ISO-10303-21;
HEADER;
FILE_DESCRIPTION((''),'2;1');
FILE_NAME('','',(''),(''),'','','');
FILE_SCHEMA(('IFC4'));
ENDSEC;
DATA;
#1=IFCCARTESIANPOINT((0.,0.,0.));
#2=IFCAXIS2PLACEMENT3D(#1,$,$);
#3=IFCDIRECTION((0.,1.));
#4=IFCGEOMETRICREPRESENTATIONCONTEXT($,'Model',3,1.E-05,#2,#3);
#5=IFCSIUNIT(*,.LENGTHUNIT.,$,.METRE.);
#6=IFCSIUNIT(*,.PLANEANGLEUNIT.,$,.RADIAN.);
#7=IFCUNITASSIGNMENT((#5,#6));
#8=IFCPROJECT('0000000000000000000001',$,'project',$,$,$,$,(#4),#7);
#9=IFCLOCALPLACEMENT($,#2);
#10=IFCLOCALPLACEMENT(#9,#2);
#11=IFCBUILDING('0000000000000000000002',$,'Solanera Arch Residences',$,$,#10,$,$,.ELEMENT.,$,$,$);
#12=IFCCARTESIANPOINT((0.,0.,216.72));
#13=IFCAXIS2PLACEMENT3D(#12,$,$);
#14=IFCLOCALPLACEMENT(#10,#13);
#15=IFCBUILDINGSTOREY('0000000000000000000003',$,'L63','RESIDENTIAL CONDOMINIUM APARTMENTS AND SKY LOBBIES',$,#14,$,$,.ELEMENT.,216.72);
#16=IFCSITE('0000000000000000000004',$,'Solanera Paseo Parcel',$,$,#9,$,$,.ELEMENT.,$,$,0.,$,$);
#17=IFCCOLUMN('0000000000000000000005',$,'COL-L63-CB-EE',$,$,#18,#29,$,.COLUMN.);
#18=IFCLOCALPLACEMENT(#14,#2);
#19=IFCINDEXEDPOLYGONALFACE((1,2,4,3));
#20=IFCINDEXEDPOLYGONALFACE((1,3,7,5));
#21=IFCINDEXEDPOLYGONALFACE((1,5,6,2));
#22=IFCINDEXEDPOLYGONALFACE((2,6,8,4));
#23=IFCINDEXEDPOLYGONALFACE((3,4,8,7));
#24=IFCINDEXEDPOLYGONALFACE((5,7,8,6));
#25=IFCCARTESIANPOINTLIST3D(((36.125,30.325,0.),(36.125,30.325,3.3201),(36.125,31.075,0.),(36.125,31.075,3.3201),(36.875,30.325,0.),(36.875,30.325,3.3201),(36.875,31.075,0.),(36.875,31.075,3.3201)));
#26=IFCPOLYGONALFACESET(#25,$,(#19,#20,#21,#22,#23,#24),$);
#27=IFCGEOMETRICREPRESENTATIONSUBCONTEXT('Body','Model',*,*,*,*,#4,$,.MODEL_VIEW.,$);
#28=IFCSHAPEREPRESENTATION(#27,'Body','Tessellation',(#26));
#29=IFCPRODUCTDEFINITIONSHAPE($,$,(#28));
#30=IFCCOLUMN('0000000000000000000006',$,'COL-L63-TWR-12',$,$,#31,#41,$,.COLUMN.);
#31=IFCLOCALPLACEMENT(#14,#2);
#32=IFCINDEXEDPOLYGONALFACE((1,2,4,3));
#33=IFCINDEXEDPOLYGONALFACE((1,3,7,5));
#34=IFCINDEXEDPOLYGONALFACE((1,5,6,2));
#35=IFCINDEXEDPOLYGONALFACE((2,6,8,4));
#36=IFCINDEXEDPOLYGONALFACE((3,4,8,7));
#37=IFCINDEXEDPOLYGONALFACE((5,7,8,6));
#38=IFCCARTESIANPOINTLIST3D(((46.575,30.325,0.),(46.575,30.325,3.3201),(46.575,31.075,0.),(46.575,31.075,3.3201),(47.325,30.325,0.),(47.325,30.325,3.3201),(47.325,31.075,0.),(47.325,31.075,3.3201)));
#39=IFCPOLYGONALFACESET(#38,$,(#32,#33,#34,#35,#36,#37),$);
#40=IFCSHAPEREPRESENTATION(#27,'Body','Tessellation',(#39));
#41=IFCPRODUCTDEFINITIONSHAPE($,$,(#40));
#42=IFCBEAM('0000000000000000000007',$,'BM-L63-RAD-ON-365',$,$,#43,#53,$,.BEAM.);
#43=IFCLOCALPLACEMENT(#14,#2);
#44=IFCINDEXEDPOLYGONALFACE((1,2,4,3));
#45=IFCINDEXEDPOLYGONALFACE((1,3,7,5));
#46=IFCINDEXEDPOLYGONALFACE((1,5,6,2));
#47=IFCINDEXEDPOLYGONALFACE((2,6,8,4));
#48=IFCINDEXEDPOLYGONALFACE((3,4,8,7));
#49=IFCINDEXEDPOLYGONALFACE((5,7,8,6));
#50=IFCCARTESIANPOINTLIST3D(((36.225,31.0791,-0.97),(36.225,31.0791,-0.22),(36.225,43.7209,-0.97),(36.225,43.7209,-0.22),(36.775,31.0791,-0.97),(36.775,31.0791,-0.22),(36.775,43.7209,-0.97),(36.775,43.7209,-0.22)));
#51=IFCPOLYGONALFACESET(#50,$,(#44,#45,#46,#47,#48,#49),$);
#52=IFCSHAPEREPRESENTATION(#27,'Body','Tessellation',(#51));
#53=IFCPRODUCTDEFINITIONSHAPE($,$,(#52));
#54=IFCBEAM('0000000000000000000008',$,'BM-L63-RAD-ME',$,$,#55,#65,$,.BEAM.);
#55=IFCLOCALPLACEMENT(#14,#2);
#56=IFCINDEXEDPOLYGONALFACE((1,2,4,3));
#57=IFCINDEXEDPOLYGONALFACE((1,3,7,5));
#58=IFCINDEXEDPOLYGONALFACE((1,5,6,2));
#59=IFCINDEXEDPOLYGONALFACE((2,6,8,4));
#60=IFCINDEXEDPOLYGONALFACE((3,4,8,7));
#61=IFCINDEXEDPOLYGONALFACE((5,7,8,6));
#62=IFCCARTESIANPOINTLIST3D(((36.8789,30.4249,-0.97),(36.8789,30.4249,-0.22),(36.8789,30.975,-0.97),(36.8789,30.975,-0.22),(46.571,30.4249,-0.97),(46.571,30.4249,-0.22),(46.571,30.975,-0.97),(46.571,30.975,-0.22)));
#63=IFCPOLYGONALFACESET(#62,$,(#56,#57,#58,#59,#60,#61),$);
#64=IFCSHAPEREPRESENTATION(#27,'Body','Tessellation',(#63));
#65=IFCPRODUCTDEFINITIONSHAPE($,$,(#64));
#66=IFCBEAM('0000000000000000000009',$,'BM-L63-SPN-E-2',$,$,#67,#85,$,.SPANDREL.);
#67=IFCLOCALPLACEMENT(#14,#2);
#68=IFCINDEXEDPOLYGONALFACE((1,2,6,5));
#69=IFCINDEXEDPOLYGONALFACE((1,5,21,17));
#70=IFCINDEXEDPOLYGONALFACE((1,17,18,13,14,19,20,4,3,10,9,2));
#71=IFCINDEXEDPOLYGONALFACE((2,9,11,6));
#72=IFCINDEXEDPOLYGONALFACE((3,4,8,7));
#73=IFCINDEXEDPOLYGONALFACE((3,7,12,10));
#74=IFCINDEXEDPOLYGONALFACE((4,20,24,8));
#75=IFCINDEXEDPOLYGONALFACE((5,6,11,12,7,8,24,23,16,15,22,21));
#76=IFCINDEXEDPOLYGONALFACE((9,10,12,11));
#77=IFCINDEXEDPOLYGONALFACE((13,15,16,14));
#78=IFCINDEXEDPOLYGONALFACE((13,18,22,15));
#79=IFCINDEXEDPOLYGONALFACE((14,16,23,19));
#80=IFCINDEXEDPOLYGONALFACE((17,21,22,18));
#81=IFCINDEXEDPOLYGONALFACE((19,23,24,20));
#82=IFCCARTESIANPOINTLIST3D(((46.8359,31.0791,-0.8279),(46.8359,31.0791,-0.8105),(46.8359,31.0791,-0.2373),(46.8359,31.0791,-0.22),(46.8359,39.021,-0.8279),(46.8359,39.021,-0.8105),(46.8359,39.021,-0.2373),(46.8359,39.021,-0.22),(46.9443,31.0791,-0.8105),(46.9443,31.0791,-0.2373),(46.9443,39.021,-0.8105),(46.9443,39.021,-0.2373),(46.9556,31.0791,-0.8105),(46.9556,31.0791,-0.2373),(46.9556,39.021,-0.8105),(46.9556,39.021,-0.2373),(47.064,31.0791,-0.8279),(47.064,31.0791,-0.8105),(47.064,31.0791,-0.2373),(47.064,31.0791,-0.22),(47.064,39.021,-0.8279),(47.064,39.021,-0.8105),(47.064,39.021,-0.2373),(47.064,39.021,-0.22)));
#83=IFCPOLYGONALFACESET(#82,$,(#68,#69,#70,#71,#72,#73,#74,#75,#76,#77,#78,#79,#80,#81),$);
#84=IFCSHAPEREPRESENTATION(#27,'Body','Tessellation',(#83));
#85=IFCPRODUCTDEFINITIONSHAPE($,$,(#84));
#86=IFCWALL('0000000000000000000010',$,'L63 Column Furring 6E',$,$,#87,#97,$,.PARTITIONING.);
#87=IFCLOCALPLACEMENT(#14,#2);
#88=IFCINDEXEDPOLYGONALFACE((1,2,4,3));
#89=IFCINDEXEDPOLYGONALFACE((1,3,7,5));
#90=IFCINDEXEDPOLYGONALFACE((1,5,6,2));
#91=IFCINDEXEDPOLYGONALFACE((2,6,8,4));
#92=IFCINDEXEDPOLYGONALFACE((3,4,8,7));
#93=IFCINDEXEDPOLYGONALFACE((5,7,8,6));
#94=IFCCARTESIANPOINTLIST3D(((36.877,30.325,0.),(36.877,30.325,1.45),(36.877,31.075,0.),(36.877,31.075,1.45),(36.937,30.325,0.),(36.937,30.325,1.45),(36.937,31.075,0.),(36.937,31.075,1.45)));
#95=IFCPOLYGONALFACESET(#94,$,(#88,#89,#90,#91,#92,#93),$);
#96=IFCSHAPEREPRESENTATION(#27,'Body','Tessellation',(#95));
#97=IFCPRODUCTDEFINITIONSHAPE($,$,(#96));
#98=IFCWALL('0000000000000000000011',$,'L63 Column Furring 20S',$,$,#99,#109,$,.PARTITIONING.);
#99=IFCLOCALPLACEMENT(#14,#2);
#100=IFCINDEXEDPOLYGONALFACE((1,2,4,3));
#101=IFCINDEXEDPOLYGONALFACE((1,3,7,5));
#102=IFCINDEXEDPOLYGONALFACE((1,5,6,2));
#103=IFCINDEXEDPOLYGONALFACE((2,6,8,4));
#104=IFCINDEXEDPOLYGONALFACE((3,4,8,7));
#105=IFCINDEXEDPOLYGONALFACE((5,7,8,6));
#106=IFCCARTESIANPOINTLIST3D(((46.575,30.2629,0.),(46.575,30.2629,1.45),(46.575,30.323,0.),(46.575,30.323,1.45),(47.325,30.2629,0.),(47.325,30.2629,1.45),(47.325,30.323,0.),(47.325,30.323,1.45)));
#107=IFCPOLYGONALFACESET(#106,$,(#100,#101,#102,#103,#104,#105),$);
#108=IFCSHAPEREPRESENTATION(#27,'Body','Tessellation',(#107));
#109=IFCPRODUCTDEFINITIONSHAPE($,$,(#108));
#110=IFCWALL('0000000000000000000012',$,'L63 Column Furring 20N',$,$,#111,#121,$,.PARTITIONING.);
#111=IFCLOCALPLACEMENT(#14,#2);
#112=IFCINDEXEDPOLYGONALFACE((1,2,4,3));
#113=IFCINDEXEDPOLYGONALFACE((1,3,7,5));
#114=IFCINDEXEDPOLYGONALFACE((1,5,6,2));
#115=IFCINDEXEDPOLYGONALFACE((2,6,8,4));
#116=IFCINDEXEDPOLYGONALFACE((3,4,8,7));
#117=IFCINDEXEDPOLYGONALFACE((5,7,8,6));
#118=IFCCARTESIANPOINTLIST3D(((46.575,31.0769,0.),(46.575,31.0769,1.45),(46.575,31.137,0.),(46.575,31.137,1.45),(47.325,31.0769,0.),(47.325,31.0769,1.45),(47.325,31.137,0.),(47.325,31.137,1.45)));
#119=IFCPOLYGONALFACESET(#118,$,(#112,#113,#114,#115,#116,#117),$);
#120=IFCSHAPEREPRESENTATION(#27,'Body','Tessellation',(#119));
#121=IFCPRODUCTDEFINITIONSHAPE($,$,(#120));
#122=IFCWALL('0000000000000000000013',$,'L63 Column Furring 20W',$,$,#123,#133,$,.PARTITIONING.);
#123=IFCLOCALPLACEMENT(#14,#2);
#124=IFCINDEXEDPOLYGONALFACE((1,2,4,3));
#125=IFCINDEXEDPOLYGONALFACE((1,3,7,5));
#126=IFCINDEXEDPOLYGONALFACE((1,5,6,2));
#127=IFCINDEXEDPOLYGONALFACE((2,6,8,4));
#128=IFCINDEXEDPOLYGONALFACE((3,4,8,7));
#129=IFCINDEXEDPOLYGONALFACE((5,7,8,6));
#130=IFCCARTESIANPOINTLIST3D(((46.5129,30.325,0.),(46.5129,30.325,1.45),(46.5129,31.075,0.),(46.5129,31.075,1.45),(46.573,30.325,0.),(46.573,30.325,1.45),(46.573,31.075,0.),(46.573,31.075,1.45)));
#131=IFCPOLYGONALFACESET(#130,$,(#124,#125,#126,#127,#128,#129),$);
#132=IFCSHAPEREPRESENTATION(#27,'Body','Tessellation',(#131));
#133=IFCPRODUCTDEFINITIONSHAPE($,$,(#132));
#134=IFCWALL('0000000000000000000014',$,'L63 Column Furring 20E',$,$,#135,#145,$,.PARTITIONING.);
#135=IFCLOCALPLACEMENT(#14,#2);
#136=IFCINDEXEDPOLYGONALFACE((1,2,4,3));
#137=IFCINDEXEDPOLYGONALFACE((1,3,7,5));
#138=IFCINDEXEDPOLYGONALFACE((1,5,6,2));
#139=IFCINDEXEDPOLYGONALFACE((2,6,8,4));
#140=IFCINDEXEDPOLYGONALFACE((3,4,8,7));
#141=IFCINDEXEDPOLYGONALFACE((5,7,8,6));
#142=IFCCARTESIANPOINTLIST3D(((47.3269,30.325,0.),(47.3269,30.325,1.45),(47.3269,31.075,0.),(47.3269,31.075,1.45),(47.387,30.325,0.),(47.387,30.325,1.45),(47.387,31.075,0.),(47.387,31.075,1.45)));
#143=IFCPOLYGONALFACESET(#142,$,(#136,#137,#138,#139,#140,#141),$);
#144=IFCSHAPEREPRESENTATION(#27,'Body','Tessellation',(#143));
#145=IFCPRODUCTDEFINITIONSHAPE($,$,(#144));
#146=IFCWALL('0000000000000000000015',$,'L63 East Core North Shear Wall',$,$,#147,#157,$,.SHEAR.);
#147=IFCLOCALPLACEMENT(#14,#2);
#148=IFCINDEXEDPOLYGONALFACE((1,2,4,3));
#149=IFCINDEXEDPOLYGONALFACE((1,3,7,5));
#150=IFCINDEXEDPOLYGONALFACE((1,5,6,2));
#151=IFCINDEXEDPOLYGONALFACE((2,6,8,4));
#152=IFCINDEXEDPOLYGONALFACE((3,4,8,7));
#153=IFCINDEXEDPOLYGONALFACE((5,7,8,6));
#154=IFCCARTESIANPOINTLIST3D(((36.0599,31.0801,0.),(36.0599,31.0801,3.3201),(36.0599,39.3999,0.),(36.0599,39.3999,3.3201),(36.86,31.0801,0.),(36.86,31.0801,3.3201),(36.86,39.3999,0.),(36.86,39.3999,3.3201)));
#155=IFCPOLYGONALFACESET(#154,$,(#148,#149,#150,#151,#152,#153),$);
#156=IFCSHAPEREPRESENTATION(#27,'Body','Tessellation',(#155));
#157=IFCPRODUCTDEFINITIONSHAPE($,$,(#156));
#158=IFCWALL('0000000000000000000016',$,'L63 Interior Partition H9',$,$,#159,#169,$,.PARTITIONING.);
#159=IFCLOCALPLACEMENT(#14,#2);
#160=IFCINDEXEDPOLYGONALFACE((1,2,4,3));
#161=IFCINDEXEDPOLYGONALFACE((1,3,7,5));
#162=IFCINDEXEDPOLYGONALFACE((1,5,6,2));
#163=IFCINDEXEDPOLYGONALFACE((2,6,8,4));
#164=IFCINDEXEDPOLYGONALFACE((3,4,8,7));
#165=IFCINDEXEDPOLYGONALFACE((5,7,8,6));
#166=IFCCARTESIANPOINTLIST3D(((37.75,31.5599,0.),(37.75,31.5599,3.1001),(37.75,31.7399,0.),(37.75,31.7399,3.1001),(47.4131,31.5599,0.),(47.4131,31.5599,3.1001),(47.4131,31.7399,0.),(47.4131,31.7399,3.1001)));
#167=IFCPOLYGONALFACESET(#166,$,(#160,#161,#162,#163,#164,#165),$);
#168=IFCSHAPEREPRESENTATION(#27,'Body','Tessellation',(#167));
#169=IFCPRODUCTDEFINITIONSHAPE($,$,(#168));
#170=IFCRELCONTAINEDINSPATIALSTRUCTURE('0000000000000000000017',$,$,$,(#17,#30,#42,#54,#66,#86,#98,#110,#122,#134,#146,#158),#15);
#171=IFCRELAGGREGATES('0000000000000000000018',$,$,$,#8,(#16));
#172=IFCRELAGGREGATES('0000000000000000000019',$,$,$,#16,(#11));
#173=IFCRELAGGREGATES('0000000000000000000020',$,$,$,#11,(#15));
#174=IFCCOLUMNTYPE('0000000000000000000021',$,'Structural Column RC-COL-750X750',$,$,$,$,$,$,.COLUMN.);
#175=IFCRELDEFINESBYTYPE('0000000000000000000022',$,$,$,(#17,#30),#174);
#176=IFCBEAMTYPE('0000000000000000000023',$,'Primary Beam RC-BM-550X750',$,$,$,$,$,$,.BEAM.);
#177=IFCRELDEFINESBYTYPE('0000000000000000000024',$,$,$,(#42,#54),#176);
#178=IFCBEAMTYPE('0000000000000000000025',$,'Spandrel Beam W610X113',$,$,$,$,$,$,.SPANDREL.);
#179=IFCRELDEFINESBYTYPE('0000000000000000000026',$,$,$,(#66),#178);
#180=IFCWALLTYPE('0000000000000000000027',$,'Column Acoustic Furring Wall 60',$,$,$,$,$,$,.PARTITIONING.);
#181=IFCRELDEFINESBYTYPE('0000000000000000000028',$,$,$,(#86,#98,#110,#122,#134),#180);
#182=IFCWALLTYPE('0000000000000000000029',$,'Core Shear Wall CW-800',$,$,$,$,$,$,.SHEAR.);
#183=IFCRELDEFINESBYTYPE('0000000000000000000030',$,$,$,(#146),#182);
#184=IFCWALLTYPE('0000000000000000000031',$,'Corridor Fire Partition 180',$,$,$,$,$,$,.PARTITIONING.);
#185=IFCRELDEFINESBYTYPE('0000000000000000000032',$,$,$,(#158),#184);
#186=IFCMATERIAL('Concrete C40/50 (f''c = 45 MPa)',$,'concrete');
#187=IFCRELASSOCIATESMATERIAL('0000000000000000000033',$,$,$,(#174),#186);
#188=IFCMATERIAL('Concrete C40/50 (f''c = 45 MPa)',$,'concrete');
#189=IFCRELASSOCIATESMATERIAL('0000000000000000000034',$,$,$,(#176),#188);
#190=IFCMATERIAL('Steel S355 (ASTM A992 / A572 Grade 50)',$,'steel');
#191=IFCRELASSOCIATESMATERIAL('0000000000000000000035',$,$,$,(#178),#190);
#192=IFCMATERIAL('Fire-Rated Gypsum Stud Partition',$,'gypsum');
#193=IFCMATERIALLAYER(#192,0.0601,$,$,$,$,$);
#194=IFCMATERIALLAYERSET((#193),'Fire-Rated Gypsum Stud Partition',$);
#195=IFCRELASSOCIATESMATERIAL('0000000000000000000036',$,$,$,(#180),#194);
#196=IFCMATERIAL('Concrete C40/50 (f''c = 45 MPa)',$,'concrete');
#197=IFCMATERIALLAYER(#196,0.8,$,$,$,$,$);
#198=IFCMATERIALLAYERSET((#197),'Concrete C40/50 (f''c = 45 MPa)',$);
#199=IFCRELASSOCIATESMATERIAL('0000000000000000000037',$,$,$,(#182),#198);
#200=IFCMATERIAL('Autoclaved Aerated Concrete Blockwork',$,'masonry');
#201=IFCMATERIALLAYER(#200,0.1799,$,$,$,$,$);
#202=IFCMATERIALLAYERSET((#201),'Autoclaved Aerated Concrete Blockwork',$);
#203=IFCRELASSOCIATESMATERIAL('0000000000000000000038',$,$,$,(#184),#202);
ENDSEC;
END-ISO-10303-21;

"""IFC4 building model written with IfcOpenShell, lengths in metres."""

from ifc_helpers import new_model, si_unit, direction, frame, frame_2d, origin, origin_2d, place, context, subcontext, project, spatial, rectangle, i_section, extrude, material, layer, layer_set, material_profile, profile_set, type_object, element, save


model = new_model("IFC4")

# Units and contexts
model_context = context("Model", 3, precision=1e-05, world=origin(), true_north=direction((0.0, 1.0)))
body_context = subcontext(model_context, "Body", "Model", "MODEL_VIEW")
ifc_project = project(units=[si_unit("LENGTHUNIT", "METRE"), si_unit("PLANEANGLEUNIT", "RADIAN")], contexts=[model_context])

# Site, building, storey
site_placement = place(None, origin())
site = spatial("IfcSite", under=ifc_project, at=site_placement, Name="Solanera Paseo Parcel", CompositionType="ELEMENT", RefElevation=0.0)
building_placement = place(site_placement, origin())
building = spatial("IfcBuilding", under=site, at=building_placement, Name="Solanera Arch Residences", CompositionType="ELEMENT")
storey_placement = place(building_placement, frame((0.0, 0.0, 216.72)))
storey = spatial("IfcBuildingStorey", under=building, at=storey_placement, Name="L63", Description="RESIDENTIAL CONDOMINIUM APARTMENTS AND SKY LOBBIES", CompositionType="ELEMENT", Elevation=216.72)

# Columns
ifc_material_1 = material(Name="Concrete C40/50 (f'c = 45 MPa)", Category="concrete")
ifc_material_profile_1 = material_profile(ifc_material_1, rectangle(XDim=0.75, YDim=0.75, at=origin_2d()))
ifc_profile_set_1 = profile_set([ifc_material_profile_1], Name="Concrete C40/50 (f'c = 45 MPa)")
column_type = type_object("IfcColumnType", Name="Structural Column RC-COL-750X750", PredefinedType="COLUMN", material=ifc_profile_set_1)
for number, where, z_axis, x_axis, name in (
    (1, (36.5, 30.7, 0.0), (0.0, 0.0, 1.0), (1.0, 0.0, 0.0), "COL-L63-CB-EE"),
    (2, (46.95, 30.7, 0.0), (0.0, 0.0, 1.0), (1.0, 0.0, 0.0), "COL-L63-TWR-12"),
):
    element("IfcColumn", number, at=place(storey_placement, frame(where, z_axis=z_axis, x_axis=x_axis)), inside=storey, type_object=column_type, Name=name, PredefinedType="COLUMN", context=body_context, shape_type="SweptSolid", body=[
        extrude(rectangle(XDim=0.75, YDim=0.75, at=origin_2d()), origin(), (0.0, 0.0, 1.0), 3.3201),
    ])

# Beams
ifc_material_2 = material(Name="Concrete C40/50 (f'c = 45 MPa)", Category="concrete")
ifc_material_profile_2 = material_profile(ifc_material_2, rectangle(XDim=0.55, YDim=0.75, at=origin_2d()))
ifc_profile_set_2 = profile_set([ifc_material_profile_2], Name="Concrete C40/50 (f'c = 45 MPa)")
beam_type_1 = type_object("IfcBeamType", Name="Primary Beam RC-BM-550X750", PredefinedType="BEAM", material=ifc_profile_set_2)
beam_1_placement = place(storey_placement, frame((36.5, 31.0791, -0.595), z_axis=(0.0, 1.0, 0.0), x_axis=(-1.0, 0.0, 0.0)))
element("IfcBeam", 3, at=beam_1_placement, inside=storey, type_object=beam_type_1, Name="BM-L63-RAD-ON-365", PredefinedType="BEAM", context=body_context, shape_type="SweptSolid", body=[
    extrude(rectangle(XDim=0.55, YDim=0.75, at=origin_2d()), origin(), (0.0, 0.0, 1.0), 12.6418),
])
beam_2_placement = place(storey_placement, frame((36.8789, 30.7, -0.595), z_axis=(1.0, 0.0, 0.0), x_axis=(0.0, 1.0, 0.0)))
element("IfcBeam", 4, at=beam_2_placement, inside=storey, type_object=beam_type_1, Name="BM-L63-RAD-ME", PredefinedType="BEAM", context=body_context, shape_type="SweptSolid", body=[
    extrude(rectangle(XDim=0.55, YDim=0.75, at=origin_2d()), origin(), (0.0, 0.0, 1.0), 9.6921),
])
ifc_material_3 = material(Name="Steel S355 (ASTM A992 / A572 Grade 50)", Category="steel")
ifc_material_profile_3 = material_profile(ifc_material_3, i_section(OverallWidth=0.228, OverallDepth=0.6079, WebThickness=0.0112, FlangeThickness=0.0173, at=origin_2d()))
ifc_profile_set_3 = profile_set([ifc_material_profile_3], Name="Steel S355 (ASTM A992 / A572 Grade 50)")
beam_type_2 = type_object("IfcBeamType", Name="Spandrel Beam W610X113", PredefinedType="SPANDREL", material=ifc_profile_set_3)
beam_3_placement = place(storey_placement, frame((46.95, 31.0791, -0.5239), z_axis=(0.0, 1.0, 0.0), x_axis=(-1.0, 0.0, 0.0)))
element("IfcBeam", 5, at=beam_3_placement, inside=storey, type_object=beam_type_2, Name="BM-L63-SPN-E-2", PredefinedType="SPANDREL", context=body_context, shape_type="SweptSolid", body=[
    extrude(i_section(OverallWidth=0.228, OverallDepth=0.6079, WebThickness=0.0112, FlangeThickness=0.0173, at=origin_2d()), origin(), (0.0, 0.0, 1.0), 7.9419),
])

# Walls
ifc_material_4 = material(Name="Fire-Rated Gypsum Stud Partition", Category="gypsum")
ifc_layer_1 = layer(ifc_material_4, 0.0601)
ifc_layer_set_1 = layer_set([ifc_layer_1], Name="Fire-Rated Gypsum Stud Partition")
wall_type_1 = type_object("IfcWallType", Name="Column Acoustic Furring Wall 60", PredefinedType="PARTITIONING", material=ifc_layer_set_1)
for number, where, z_axis, x_axis, name in (
    (6, (36.907, 30.325, 0.0), (0.0, 0.0, 1.0), (0.0, 1.0, 0.0), "L63 Column Furring 6E"),
    (7, (46.575, 30.293, 0.0), (0.0, 0.0, 1.0), (1.0, 0.0, 0.0), "L63 Column Furring 20S"),
    (8, (46.575, 31.1069, 0.0), (0.0, 0.0, 1.0), (1.0, 0.0, 0.0), "L63 Column Furring 20N"),
    (9, (46.543, 30.325, 0.0), (0.0, 0.0, 1.0), (0.0, 1.0, 0.0), "L63 Column Furring 20W"),
    (10, (47.3569, 30.325, 0.0), (0.0, 0.0, 1.0), (0.0, 1.0, 0.0), "L63 Column Furring 20E"),
):
    element("IfcWall", number, at=place(storey_placement, frame(where, z_axis=z_axis, x_axis=x_axis)), inside=storey, type_object=wall_type_1, Name=name, PredefinedType="PARTITIONING", context=body_context, shape_type="SweptSolid", body=[
        extrude(rectangle(XDim=0.75, YDim=0.0601, at=frame_2d((0.375, 0.0))), origin(), (0.0, 0.0, 1.0), 1.45),
    ])
ifc_material_5 = material(Name="Concrete C40/50 (f'c = 45 MPa)", Category="concrete")
ifc_layer_2 = layer(ifc_material_5, 0.8)
ifc_layer_set_2 = layer_set([ifc_layer_2], Name="Concrete C40/50 (f'c = 45 MPa)")
wall_type_2 = type_object("IfcWallType", Name="Core Shear Wall CW-800", PredefinedType="SHEAR", material=ifc_layer_set_2)
wall_1_placement = place(storey_placement, frame((36.46, 31.0801, 0.0), z_axis=(0.0, 0.0, 1.0), x_axis=(0.0, 1.0, 0.0)))
element("IfcWall", 11, at=wall_1_placement, inside=storey, type_object=wall_type_2, Name="L63 East Core North Shear Wall", PredefinedType="SHEAR", context=body_context, shape_type="SweptSolid", body=[
    extrude(rectangle(XDim=8.3198, YDim=0.8, at=frame_2d((4.1599, 0.0))), origin(), (0.0, 0.0, 1.0), 3.3201),
])
ifc_material_6 = material(Name="Autoclaved Aerated Concrete Blockwork", Category="masonry")
ifc_layer_3 = layer(ifc_material_6, 0.1799)
ifc_layer_set_3 = layer_set([ifc_layer_3], Name="Autoclaved Aerated Concrete Blockwork")
wall_type_3 = type_object("IfcWallType", Name="Corridor Fire Partition 180", PredefinedType="PARTITIONING", material=ifc_layer_set_3)
wall_2_placement = place(storey_placement, frame((37.75, 31.6499, 0.0), z_axis=(0.0, 0.0, 1.0), x_axis=(1.0, 0.0, 0.0)))
element("IfcWall", 12, at=wall_2_placement, inside=storey, type_object=wall_type_3, Name="L63 Interior Partition H9", PredefinedType="PARTITIONING", context=body_context, shape_type="SweptSolid", body=[
    extrude(rectangle(XDim=9.6631, YDim=0.1799, at=frame_2d((4.8315, 0.0))), origin(), (0.0, 0.0, 1.0), 3.1001),
])

save(model, "model.ifc")
